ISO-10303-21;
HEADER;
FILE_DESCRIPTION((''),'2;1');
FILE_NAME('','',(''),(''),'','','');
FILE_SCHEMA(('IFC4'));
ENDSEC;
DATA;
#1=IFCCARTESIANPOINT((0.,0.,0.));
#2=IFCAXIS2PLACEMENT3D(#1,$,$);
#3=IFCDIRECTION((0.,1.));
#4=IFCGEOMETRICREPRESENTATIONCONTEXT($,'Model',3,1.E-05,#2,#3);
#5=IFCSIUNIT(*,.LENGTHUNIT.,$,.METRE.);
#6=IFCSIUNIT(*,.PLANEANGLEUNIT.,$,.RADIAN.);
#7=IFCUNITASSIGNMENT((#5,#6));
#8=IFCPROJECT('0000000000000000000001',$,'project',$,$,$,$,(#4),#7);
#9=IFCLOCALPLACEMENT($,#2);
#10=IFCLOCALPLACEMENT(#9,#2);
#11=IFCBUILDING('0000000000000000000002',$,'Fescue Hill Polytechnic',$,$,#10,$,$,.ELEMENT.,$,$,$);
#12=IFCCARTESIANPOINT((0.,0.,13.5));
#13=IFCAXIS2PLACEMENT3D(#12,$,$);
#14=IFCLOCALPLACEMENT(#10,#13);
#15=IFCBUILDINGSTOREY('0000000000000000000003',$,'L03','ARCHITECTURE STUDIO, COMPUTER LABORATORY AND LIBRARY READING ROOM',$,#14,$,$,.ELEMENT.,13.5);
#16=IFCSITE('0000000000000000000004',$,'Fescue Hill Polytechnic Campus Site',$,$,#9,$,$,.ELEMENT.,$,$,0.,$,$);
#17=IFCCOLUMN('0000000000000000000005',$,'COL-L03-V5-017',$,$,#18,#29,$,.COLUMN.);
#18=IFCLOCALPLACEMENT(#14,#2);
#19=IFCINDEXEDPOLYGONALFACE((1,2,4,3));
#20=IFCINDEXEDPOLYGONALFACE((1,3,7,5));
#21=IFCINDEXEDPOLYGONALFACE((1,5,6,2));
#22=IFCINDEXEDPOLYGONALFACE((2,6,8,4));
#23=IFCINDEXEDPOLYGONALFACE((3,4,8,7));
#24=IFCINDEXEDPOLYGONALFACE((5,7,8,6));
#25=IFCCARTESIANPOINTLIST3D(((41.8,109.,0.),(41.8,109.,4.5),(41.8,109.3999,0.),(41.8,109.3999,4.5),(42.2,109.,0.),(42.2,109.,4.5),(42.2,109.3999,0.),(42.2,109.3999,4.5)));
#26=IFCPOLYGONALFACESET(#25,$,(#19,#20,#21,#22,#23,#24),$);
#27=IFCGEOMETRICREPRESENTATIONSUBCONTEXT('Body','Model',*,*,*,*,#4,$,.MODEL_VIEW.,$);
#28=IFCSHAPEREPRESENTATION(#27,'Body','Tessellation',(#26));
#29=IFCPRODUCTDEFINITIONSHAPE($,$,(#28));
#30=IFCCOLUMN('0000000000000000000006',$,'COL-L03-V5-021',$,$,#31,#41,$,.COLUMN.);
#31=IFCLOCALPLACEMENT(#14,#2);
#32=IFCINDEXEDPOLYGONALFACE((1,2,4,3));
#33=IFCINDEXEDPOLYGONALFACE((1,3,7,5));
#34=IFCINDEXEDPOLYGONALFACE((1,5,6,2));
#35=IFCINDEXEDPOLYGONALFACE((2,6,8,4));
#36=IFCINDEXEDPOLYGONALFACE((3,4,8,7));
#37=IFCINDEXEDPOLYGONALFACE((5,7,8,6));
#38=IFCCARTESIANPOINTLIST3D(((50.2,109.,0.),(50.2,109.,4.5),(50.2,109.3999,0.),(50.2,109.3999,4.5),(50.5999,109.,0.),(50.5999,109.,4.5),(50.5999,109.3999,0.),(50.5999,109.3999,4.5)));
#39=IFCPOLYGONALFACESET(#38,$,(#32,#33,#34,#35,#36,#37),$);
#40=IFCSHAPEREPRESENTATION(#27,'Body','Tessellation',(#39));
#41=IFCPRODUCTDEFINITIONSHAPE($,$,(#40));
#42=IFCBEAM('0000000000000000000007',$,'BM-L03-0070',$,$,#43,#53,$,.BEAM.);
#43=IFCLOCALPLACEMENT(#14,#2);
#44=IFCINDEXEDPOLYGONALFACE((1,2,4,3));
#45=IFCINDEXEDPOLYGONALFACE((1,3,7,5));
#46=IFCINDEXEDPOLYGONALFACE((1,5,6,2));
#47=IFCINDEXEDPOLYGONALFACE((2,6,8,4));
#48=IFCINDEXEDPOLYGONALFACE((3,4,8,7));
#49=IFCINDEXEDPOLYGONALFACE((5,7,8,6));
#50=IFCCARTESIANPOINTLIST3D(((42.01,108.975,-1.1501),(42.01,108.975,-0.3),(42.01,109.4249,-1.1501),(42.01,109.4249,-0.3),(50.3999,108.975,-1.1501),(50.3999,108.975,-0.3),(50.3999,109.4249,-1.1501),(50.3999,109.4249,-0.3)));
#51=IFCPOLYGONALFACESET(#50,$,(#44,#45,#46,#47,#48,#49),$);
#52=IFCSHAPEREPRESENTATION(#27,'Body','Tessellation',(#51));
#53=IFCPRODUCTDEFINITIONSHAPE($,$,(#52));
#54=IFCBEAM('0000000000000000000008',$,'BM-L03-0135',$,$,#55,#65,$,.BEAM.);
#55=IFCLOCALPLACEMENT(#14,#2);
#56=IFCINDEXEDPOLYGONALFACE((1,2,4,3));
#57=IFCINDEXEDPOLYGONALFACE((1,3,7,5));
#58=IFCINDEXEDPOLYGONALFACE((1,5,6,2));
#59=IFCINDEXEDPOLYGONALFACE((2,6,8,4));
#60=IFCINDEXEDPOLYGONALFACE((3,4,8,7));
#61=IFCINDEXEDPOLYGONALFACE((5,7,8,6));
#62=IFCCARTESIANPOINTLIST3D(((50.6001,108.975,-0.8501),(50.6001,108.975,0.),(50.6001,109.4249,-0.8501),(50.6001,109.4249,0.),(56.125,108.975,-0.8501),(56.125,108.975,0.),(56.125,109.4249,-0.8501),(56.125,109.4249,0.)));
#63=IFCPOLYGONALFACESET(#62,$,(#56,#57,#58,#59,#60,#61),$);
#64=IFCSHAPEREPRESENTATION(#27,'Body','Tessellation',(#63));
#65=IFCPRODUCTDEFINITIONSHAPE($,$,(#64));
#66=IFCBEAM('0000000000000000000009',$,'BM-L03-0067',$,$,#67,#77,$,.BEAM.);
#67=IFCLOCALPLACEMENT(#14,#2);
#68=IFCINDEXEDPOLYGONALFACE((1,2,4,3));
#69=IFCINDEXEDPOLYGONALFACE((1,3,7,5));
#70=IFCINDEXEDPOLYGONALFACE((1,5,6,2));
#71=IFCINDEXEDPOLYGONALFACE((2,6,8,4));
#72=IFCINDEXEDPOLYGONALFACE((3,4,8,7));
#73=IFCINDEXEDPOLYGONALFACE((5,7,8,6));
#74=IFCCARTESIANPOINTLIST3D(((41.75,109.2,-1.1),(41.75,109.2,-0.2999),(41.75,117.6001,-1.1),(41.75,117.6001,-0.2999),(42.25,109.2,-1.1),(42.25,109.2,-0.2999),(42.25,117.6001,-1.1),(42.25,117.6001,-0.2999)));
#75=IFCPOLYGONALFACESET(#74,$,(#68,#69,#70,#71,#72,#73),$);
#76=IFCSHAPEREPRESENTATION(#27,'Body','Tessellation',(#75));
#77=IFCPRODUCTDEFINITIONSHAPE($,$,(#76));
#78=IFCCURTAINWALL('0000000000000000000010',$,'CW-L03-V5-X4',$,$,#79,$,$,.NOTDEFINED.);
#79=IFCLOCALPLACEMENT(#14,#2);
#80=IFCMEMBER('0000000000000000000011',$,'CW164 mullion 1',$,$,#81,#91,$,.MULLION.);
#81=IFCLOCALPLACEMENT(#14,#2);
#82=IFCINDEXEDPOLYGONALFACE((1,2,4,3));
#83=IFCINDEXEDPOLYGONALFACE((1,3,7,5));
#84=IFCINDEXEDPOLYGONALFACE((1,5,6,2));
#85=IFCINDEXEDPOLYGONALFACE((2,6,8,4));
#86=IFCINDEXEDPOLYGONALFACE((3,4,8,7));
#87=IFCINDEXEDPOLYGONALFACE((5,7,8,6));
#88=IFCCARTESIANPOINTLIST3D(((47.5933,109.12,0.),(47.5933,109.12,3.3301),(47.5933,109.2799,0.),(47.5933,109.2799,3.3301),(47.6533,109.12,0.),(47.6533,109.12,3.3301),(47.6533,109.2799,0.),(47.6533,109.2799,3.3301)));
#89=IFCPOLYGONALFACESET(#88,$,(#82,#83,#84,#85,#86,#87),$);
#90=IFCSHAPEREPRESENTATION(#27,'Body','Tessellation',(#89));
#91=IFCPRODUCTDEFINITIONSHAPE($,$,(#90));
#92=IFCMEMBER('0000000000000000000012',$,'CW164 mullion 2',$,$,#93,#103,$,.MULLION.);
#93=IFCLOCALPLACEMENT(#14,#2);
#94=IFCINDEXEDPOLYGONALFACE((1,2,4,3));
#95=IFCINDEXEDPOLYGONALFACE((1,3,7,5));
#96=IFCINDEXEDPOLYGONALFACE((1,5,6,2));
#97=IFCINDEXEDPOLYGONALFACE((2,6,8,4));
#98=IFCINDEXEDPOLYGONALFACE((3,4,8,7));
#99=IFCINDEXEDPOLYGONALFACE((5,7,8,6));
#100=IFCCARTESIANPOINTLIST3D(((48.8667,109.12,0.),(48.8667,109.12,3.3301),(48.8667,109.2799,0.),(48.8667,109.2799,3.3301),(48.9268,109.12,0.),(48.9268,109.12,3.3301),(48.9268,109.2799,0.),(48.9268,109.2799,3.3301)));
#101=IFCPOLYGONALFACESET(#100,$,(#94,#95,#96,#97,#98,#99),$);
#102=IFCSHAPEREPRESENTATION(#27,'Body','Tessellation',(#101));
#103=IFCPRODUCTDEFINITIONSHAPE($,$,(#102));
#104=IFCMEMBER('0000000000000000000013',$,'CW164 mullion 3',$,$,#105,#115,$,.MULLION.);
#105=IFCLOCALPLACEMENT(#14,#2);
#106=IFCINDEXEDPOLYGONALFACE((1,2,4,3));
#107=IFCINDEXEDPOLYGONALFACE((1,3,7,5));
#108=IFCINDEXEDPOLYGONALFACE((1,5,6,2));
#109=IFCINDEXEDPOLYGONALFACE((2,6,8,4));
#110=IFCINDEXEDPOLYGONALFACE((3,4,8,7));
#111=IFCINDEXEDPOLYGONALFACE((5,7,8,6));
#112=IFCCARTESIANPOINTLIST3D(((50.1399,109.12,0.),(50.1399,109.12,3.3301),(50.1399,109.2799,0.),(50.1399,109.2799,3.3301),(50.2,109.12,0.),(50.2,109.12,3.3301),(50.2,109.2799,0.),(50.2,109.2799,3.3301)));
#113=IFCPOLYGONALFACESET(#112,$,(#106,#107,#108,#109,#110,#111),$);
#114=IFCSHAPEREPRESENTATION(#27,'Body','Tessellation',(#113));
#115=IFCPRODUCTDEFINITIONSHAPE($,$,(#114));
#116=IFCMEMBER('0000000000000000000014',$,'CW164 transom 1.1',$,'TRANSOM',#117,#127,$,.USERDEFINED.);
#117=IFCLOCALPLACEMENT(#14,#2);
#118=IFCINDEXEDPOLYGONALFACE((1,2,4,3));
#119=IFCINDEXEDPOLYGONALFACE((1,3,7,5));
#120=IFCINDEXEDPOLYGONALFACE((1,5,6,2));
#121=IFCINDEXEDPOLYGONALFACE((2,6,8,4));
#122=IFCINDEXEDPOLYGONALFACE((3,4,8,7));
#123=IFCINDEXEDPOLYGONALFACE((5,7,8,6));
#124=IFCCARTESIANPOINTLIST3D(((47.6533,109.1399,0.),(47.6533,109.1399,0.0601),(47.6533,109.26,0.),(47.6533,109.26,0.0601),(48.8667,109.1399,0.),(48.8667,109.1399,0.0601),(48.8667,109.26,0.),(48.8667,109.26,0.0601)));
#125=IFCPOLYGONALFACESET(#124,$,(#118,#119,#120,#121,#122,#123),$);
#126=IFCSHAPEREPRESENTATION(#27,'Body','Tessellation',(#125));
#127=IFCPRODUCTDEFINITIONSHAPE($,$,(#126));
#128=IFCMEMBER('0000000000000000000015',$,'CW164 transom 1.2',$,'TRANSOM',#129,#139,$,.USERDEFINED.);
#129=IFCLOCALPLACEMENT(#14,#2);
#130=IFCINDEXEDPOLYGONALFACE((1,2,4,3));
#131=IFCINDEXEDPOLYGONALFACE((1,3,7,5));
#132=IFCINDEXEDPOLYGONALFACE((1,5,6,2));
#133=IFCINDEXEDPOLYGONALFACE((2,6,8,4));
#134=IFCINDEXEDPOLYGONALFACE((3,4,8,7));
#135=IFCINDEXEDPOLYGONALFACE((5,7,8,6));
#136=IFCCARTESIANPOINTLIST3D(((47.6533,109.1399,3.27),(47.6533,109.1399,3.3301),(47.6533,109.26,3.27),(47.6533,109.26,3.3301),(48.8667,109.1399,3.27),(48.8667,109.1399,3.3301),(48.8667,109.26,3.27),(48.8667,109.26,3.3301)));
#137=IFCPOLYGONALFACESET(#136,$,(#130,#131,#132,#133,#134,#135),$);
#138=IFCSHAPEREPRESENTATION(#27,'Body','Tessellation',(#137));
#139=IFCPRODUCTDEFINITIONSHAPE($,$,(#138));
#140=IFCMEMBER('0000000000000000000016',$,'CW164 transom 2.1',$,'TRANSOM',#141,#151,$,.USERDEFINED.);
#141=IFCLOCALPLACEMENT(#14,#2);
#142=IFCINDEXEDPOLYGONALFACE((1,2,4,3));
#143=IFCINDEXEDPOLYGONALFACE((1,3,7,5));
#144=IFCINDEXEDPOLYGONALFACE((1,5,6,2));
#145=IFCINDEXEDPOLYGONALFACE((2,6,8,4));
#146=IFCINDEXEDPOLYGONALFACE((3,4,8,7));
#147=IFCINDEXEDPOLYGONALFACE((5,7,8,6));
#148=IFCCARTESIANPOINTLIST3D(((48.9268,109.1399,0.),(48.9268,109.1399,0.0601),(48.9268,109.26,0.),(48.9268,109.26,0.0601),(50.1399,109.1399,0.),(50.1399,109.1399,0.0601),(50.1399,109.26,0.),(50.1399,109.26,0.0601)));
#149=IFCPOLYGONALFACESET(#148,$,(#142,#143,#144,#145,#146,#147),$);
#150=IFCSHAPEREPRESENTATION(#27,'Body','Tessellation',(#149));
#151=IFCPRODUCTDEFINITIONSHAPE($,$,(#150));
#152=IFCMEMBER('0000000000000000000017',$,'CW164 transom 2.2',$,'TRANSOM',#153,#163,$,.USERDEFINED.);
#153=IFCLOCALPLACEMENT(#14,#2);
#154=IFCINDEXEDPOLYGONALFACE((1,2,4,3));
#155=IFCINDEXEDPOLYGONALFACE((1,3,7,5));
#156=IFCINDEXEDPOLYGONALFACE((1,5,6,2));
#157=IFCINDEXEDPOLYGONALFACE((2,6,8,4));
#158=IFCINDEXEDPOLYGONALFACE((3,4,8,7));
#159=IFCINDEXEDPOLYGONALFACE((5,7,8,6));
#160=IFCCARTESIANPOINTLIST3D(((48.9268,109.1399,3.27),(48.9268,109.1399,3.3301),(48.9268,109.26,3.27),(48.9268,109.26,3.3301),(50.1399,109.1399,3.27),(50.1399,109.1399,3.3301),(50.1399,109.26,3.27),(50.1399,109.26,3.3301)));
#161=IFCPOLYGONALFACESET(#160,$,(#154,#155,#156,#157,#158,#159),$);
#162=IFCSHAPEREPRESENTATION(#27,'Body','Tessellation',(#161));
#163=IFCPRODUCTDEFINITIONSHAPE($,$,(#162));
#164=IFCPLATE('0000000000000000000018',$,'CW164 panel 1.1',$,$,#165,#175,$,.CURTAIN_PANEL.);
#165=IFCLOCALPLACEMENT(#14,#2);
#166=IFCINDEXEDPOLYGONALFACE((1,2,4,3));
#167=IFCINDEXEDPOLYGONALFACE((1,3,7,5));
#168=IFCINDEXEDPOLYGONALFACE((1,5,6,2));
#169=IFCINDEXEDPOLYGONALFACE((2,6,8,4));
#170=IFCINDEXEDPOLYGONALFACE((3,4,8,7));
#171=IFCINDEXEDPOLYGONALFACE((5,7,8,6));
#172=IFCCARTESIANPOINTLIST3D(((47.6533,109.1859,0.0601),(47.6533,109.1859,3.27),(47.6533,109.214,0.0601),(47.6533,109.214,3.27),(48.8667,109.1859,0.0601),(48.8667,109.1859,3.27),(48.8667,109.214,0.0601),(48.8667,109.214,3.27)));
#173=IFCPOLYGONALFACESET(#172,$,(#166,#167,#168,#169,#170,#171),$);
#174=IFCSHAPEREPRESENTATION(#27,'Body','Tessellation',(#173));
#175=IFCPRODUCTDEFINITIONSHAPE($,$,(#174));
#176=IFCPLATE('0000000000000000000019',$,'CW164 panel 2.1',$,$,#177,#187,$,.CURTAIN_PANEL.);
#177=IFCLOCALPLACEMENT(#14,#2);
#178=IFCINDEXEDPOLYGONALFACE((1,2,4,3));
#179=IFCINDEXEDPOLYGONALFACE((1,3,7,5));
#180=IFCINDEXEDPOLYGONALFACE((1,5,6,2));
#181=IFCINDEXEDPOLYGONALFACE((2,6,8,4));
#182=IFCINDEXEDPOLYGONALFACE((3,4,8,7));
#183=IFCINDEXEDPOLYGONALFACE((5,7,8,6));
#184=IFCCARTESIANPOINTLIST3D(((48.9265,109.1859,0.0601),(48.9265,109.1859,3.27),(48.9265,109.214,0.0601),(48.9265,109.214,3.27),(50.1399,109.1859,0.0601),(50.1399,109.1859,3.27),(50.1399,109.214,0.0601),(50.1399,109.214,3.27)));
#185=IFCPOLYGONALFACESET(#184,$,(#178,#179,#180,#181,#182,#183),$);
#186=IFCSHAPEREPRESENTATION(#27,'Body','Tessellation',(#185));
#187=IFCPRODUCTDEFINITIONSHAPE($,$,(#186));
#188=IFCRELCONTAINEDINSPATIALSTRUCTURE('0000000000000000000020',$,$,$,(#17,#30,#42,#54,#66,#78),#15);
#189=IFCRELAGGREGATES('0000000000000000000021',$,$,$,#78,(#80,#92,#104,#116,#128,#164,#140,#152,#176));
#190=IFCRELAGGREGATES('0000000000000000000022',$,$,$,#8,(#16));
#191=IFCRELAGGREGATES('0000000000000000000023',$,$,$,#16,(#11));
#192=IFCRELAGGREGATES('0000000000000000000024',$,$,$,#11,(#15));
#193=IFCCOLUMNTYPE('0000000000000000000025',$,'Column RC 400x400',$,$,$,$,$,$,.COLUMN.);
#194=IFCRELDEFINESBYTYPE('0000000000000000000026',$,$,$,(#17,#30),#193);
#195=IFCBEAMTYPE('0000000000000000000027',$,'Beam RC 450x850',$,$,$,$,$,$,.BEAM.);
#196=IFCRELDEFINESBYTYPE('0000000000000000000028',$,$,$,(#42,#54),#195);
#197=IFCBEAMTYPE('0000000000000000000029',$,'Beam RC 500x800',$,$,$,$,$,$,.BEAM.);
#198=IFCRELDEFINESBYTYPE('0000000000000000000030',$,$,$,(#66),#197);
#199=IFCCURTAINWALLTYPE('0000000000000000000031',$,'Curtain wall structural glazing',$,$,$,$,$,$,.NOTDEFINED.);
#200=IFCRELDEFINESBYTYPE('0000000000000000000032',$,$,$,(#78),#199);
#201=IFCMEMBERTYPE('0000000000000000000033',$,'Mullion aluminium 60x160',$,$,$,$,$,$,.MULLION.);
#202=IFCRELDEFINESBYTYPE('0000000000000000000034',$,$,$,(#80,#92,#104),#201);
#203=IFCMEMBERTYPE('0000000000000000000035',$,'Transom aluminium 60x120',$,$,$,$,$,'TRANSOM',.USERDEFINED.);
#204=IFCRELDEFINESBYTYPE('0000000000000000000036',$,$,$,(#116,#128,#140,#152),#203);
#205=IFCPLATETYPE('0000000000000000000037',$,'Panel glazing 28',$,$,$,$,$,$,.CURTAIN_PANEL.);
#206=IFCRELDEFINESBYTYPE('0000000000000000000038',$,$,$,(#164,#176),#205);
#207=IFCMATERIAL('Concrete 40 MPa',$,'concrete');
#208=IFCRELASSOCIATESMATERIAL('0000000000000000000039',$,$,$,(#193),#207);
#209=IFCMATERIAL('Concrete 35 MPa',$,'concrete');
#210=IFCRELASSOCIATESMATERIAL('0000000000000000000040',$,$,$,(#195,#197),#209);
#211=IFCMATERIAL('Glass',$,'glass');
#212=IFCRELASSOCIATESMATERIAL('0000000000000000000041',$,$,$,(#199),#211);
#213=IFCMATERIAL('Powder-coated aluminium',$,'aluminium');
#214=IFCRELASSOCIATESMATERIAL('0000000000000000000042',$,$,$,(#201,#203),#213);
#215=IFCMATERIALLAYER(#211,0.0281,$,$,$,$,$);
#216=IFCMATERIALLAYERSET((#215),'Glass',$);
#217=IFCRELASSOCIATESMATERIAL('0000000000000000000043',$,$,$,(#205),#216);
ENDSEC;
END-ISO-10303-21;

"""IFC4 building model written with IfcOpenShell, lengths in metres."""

from ifc_helpers import new_model, si_unit, direction, frame, origin, origin_2d, place, context, subcontext, project, spatial, rectangle, extrude, material, layer, layer_set, material_profile, profile_set, type_object, element, aggregate, save


model = new_model("IFC4")

# Units and contexts
model_context = context("Model", 3, precision=1e-05, world=origin(), true_north=direction((0.0, 1.0)))
body_context = subcontext(model_context, "Body", "Model", "MODEL_VIEW")
ifc_project = project(units=[si_unit("LENGTHUNIT", "METRE"), si_unit("PLANEANGLEUNIT", "RADIAN")], contexts=[model_context])

# Site, building, storey
site_placement = place(None, origin())
site = spatial("IfcSite", under=ifc_project, at=site_placement, Name="Fescue Hill Polytechnic Campus Site", CompositionType="ELEMENT", RefElevation=0.0)
building_placement = place(site_placement, origin())
building = spatial("IfcBuilding", under=site, at=building_placement, Name="Fescue Hill Polytechnic", CompositionType="ELEMENT")
storey_placement = place(building_placement, frame((0.0, 0.0, 13.5)))
storey = spatial("IfcBuildingStorey", under=building, at=storey_placement, Name="L03", Description="ARCHITECTURE STUDIO, COMPUTER LABORATORY AND LIBRARY READING ROOM", CompositionType="ELEMENT", Elevation=13.5)

# Columns
ifc_material_1 = material(Name="Concrete 40 MPa", Category="concrete")
ifc_material_profile_1 = material_profile(ifc_material_1, rectangle(XDim=0.3999, YDim=0.3999, at=origin_2d()), Name="RC 400x400")
ifc_profile_set_1 = profile_set([ifc_material_profile_1], Name="Concrete 40 MPa")
column_type = type_object("IfcColumnType", Name="Column RC 400x400", PredefinedType="COLUMN", material=ifc_profile_set_1)
for number, where, z_axis, x_axis, name in (
    (1, (42.0, 109.2, 0.0), (0.0, 0.0, 1.0), (1.0, 0.0, 0.0), "COL-L03-V5-017"),
    (2, (50.3999, 109.2, 0.0), (0.0, 0.0, 1.0), (1.0, 0.0, 0.0), "COL-L03-V5-021"),
):
    element("IfcColumn", number, at=place(storey_placement, frame(where, z_axis=z_axis, x_axis=x_axis)), inside=storey, type_object=column_type, Name=name, PredefinedType="COLUMN", context=body_context, shape_type="SweptSolid", body=[
        extrude(rectangle(XDim=0.3999, YDim=0.3999, at=origin_2d()), origin(), (0.0, 0.0, 1.0), 4.5),
    ])

# Beams
ifc_material_2 = material(Name="Concrete 35 MPa", Category="concrete")
ifc_material_profile_2 = material_profile(ifc_material_2, rectangle(XDim=0.45, YDim=0.8501, at=origin_2d()), Name="RC 450x850")
ifc_profile_set_2 = profile_set([ifc_material_profile_2], Name="Concrete 35 MPa")
beam_type_1 = type_object("IfcBeamType", Name="Beam RC 450x850", PredefinedType="BEAM", material=ifc_profile_set_2)
beam_1_placement = place(storey_placement, frame((42.01, 109.2, -0.7251), z_axis=(1.0, 0.0, 0.0), x_axis=(0.0, 1.0, 0.0)))
element("IfcBeam", 3, at=beam_1_placement, inside=storey, type_object=beam_type_1, Name="BM-L03-0070", PredefinedType="BEAM", context=body_context, shape_type="SweptSolid", body=[
    extrude(rectangle(XDim=0.45, YDim=0.8501, at=origin_2d()), origin(), (0.0, 0.0, 1.0), 8.3899),
])
beam_2_placement = place(storey_placement, frame((50.6001, 109.2, -0.425), z_axis=(1.0, 0.0, 0.0), x_axis=(0.0, 1.0, 0.0)))
element("IfcBeam", 4, at=beam_2_placement, inside=storey, type_object=beam_type_1, Name="BM-L03-0135", PredefinedType="BEAM", context=body_context, shape_type="SweptSolid", body=[
    extrude(rectangle(XDim=0.45, YDim=0.8501, at=origin_2d()), origin(), (0.0, 0.0, 1.0), 5.5249),
])
ifc_material_profile_3 = material_profile(ifc_material_2, rectangle(XDim=0.5, YDim=0.8, at=origin_2d()), Name="RC 500x800")
ifc_profile_set_3 = profile_set([ifc_material_profile_3], Name="Concrete 35 MPa")
beam_type_2 = type_object("IfcBeamType", Name="Beam RC 500x800", PredefinedType="BEAM", material=ifc_profile_set_3)
beam_3_placement = place(storey_placement, frame((42.0, 109.2, -0.7), z_axis=(0.0, 1.0, 0.0), x_axis=(-1.0, 0.0, 0.0)))
element("IfcBeam", 5, at=beam_3_placement, inside=storey, type_object=beam_type_2, Name="BM-L03-0067", PredefinedType="BEAM", context=body_context, shape_type="SweptSolid", body=[
    extrude(rectangle(XDim=0.5, YDim=0.8, at=origin_2d()), origin(), (0.0, 0.0, 1.0), 8.4001),
])

# Curtain wall, members, plates
ifc_material_3 = material(Name="Glass", Category="glass")
curtain_wall_type = type_object("IfcCurtainWallType", Name="Curtain wall structural glazing", PredefinedType="NOTDEFINED", material=ifc_material_3)
curtain_wall_placement = place(storey_placement, origin())
curtain_wall = element("IfcCurtainWall", 6, at=curtain_wall_placement, inside=storey, type_object=curtain_wall_type, Name="CW-L03-V5-X4", PredefinedType="NOTDEFINED")
ifc_material_4 = material(Name="Powder-coated aluminium", Category="aluminium")
ifc_material_profile_4 = material_profile(ifc_material_4, rectangle(XDim=0.1599, YDim=0.0601, at=origin_2d()), Name="Mullion aluminium 60x160")
ifc_profile_set_4 = profile_set([ifc_material_profile_4], Name="Powder-coated aluminium")
member_type_1 = type_object("IfcMemberType", Name="Mullion aluminium 60x160", PredefinedType="MULLION", material=ifc_profile_set_4)
member_1_placement = place(storey_placement, frame((47.6233, 109.2, 0.0), z_axis=(0.0, 0.0, 1.0), x_axis=(0.0, 1.0, 0.0)))
member_1 = element("IfcMember", 7, at=member_1_placement, type_object=member_type_1, Name="CW164 mullion 1", PredefinedType="MULLION", context=body_context, shape_type="SweptSolid", body=[
    extrude(rectangle(XDim=0.1599, YDim=0.0601, at=origin_2d()), origin(), (0.0, 0.0, 1.0), 3.3301),
])
member_2_placement = place(storey_placement, frame((48.8967, 109.2, 0.0), z_axis=(0.0, 0.0, 1.0), x_axis=(0.0, 1.0, 0.0)))
member_2 = element("IfcMember", 8, at=member_2_placement, type_object=member_type_1, Name="CW164 mullion 2", PredefinedType="MULLION", context=body_context, shape_type="SweptSolid", body=[
    extrude(rectangle(XDim=0.1599, YDim=0.0601, at=origin_2d()), origin(), (0.0, 0.0, 1.0), 3.3301),
])
member_3_placement = place(storey_placement, frame((50.1699, 109.2, 0.0), z_axis=(0.0, 0.0, 1.0), x_axis=(0.0, 1.0, 0.0)))
member_3 = element("IfcMember", 9, at=member_3_placement, type_object=member_type_1, Name="CW164 mullion 3", PredefinedType="MULLION", context=body_context, shape_type="SweptSolid", body=[
    extrude(rectangle(XDim=0.1599, YDim=0.0601, at=origin_2d()), origin(), (0.0, 0.0, 1.0), 3.3301),
])
ifc_material_profile_5 = material_profile(ifc_material_4, rectangle(XDim=0.1201, YDim=0.0601, at=origin_2d()), Name="Transom aluminium 60x120")
ifc_profile_set_5 = profile_set([ifc_material_profile_5], Name="Powder-coated aluminium")
member_type_2 = type_object("IfcMemberType", Name="Transom aluminium 60x120", ElementType="TRANSOM", PredefinedType="USERDEFINED", material=ifc_profile_set_5)
member_4_placement = place(storey_placement, frame((47.6533, 109.2, 0.03), z_axis=(1.0, 0.0, 0.0), x_axis=(0.0, 1.0, 0.0)))
member_4 = element("IfcMember", 10, at=member_4_placement, type_object=member_type_2, Name="CW164 transom 1.1", ObjectType="TRANSOM", PredefinedType="USERDEFINED", context=body_context, shape_type="SweptSolid", body=[
    extrude(rectangle(XDim=0.1201, YDim=0.0601, at=origin_2d()), origin(), (0.0, 0.0, 1.0), 1.2134),
])
member_5_placement = place(storey_placement, frame((47.6533, 109.2, 3.3), z_axis=(1.0, 0.0, 0.0), x_axis=(0.0, 1.0, 0.0)))
member_5 = element("IfcMember", 11, at=member_5_placement, type_object=member_type_2, Name="CW164 transom 1.2", ObjectType="TRANSOM", PredefinedType="USERDEFINED", context=body_context, shape_type="SweptSolid", body=[
    extrude(rectangle(XDim=0.1201, YDim=0.0601, at=origin_2d()), origin(), (0.0, 0.0, 1.0), 1.2134),
])
member_6_placement = place(storey_placement, frame((48.9268, 109.2, 0.03), z_axis=(1.0, 0.0, 0.0), x_axis=(0.0, 1.0, 0.0)))
member_6 = element("IfcMember", 12, at=member_6_placement, type_object=member_type_2, Name="CW164 transom 2.1", ObjectType="TRANSOM", PredefinedType="USERDEFINED", context=body_context, shape_type="SweptSolid", body=[
    extrude(rectangle(XDim=0.1201, YDim=0.0601, at=origin_2d()), origin(), (0.0, 0.0, 1.0), 1.2131),
])
member_7_placement = place(storey_placement, frame((48.9268, 109.2, 3.3), z_axis=(1.0, 0.0, 0.0), x_axis=(0.0, 1.0, 0.0)))
member_7 = element("IfcMember", 13, at=member_7_placement, type_object=member_type_2, Name="CW164 transom 2.2", ObjectType="TRANSOM", PredefinedType="USERDEFINED", context=body_context, shape_type="SweptSolid", body=[
    extrude(rectangle(XDim=0.1201, YDim=0.0601, at=origin_2d()), origin(), (0.0, 0.0, 1.0), 1.2131),
])
ifc_layer_1 = layer(ifc_material_3, 0.0281)
ifc_layer_set_1 = layer_set([ifc_layer_1], Name="Glass")
plate_type = type_object("IfcPlateType", Name="Panel glazing 28", PredefinedType="CURTAIN_PANEL", material=ifc_layer_set_1)
plate_1_placement = place(storey_placement, frame((48.26, 109.2, 0.0601), z_axis=(0.0, 0.0, 1.0), x_axis=(1.0, 0.0, 0.0)))
plate_1 = element("IfcPlate", 14, at=plate_1_placement, type_object=plate_type, Name="CW164 panel 1.1", PredefinedType="CURTAIN_PANEL", context=body_context, shape_type="SweptSolid", body=[
    extrude(rectangle(XDim=1.2134, YDim=0.0281, at=origin_2d()), origin(), (0.0, 0.0, 1.0), 3.21),
])
plate_2_placement = place(storey_placement, frame((49.5332, 109.2, 0.0601), z_axis=(0.0, 0.0, 1.0), x_axis=(1.0, 0.0, 0.0)))
plate_2 = element("IfcPlate", 15, at=plate_2_placement, type_object=plate_type, Name="CW164 panel 2.1", PredefinedType="CURTAIN_PANEL", context=body_context, shape_type="SweptSolid", body=[
    extrude(rectangle(XDim=1.2134, YDim=0.0281, at=origin_2d()), origin(), (0.0, 0.0, 1.0), 3.21),
])
aggregate(curtain_wall, [member_1, member_2, member_3, member_4, member_5, plate_1, member_6, member_7, plate_2])

save(model, "model.ifc")
